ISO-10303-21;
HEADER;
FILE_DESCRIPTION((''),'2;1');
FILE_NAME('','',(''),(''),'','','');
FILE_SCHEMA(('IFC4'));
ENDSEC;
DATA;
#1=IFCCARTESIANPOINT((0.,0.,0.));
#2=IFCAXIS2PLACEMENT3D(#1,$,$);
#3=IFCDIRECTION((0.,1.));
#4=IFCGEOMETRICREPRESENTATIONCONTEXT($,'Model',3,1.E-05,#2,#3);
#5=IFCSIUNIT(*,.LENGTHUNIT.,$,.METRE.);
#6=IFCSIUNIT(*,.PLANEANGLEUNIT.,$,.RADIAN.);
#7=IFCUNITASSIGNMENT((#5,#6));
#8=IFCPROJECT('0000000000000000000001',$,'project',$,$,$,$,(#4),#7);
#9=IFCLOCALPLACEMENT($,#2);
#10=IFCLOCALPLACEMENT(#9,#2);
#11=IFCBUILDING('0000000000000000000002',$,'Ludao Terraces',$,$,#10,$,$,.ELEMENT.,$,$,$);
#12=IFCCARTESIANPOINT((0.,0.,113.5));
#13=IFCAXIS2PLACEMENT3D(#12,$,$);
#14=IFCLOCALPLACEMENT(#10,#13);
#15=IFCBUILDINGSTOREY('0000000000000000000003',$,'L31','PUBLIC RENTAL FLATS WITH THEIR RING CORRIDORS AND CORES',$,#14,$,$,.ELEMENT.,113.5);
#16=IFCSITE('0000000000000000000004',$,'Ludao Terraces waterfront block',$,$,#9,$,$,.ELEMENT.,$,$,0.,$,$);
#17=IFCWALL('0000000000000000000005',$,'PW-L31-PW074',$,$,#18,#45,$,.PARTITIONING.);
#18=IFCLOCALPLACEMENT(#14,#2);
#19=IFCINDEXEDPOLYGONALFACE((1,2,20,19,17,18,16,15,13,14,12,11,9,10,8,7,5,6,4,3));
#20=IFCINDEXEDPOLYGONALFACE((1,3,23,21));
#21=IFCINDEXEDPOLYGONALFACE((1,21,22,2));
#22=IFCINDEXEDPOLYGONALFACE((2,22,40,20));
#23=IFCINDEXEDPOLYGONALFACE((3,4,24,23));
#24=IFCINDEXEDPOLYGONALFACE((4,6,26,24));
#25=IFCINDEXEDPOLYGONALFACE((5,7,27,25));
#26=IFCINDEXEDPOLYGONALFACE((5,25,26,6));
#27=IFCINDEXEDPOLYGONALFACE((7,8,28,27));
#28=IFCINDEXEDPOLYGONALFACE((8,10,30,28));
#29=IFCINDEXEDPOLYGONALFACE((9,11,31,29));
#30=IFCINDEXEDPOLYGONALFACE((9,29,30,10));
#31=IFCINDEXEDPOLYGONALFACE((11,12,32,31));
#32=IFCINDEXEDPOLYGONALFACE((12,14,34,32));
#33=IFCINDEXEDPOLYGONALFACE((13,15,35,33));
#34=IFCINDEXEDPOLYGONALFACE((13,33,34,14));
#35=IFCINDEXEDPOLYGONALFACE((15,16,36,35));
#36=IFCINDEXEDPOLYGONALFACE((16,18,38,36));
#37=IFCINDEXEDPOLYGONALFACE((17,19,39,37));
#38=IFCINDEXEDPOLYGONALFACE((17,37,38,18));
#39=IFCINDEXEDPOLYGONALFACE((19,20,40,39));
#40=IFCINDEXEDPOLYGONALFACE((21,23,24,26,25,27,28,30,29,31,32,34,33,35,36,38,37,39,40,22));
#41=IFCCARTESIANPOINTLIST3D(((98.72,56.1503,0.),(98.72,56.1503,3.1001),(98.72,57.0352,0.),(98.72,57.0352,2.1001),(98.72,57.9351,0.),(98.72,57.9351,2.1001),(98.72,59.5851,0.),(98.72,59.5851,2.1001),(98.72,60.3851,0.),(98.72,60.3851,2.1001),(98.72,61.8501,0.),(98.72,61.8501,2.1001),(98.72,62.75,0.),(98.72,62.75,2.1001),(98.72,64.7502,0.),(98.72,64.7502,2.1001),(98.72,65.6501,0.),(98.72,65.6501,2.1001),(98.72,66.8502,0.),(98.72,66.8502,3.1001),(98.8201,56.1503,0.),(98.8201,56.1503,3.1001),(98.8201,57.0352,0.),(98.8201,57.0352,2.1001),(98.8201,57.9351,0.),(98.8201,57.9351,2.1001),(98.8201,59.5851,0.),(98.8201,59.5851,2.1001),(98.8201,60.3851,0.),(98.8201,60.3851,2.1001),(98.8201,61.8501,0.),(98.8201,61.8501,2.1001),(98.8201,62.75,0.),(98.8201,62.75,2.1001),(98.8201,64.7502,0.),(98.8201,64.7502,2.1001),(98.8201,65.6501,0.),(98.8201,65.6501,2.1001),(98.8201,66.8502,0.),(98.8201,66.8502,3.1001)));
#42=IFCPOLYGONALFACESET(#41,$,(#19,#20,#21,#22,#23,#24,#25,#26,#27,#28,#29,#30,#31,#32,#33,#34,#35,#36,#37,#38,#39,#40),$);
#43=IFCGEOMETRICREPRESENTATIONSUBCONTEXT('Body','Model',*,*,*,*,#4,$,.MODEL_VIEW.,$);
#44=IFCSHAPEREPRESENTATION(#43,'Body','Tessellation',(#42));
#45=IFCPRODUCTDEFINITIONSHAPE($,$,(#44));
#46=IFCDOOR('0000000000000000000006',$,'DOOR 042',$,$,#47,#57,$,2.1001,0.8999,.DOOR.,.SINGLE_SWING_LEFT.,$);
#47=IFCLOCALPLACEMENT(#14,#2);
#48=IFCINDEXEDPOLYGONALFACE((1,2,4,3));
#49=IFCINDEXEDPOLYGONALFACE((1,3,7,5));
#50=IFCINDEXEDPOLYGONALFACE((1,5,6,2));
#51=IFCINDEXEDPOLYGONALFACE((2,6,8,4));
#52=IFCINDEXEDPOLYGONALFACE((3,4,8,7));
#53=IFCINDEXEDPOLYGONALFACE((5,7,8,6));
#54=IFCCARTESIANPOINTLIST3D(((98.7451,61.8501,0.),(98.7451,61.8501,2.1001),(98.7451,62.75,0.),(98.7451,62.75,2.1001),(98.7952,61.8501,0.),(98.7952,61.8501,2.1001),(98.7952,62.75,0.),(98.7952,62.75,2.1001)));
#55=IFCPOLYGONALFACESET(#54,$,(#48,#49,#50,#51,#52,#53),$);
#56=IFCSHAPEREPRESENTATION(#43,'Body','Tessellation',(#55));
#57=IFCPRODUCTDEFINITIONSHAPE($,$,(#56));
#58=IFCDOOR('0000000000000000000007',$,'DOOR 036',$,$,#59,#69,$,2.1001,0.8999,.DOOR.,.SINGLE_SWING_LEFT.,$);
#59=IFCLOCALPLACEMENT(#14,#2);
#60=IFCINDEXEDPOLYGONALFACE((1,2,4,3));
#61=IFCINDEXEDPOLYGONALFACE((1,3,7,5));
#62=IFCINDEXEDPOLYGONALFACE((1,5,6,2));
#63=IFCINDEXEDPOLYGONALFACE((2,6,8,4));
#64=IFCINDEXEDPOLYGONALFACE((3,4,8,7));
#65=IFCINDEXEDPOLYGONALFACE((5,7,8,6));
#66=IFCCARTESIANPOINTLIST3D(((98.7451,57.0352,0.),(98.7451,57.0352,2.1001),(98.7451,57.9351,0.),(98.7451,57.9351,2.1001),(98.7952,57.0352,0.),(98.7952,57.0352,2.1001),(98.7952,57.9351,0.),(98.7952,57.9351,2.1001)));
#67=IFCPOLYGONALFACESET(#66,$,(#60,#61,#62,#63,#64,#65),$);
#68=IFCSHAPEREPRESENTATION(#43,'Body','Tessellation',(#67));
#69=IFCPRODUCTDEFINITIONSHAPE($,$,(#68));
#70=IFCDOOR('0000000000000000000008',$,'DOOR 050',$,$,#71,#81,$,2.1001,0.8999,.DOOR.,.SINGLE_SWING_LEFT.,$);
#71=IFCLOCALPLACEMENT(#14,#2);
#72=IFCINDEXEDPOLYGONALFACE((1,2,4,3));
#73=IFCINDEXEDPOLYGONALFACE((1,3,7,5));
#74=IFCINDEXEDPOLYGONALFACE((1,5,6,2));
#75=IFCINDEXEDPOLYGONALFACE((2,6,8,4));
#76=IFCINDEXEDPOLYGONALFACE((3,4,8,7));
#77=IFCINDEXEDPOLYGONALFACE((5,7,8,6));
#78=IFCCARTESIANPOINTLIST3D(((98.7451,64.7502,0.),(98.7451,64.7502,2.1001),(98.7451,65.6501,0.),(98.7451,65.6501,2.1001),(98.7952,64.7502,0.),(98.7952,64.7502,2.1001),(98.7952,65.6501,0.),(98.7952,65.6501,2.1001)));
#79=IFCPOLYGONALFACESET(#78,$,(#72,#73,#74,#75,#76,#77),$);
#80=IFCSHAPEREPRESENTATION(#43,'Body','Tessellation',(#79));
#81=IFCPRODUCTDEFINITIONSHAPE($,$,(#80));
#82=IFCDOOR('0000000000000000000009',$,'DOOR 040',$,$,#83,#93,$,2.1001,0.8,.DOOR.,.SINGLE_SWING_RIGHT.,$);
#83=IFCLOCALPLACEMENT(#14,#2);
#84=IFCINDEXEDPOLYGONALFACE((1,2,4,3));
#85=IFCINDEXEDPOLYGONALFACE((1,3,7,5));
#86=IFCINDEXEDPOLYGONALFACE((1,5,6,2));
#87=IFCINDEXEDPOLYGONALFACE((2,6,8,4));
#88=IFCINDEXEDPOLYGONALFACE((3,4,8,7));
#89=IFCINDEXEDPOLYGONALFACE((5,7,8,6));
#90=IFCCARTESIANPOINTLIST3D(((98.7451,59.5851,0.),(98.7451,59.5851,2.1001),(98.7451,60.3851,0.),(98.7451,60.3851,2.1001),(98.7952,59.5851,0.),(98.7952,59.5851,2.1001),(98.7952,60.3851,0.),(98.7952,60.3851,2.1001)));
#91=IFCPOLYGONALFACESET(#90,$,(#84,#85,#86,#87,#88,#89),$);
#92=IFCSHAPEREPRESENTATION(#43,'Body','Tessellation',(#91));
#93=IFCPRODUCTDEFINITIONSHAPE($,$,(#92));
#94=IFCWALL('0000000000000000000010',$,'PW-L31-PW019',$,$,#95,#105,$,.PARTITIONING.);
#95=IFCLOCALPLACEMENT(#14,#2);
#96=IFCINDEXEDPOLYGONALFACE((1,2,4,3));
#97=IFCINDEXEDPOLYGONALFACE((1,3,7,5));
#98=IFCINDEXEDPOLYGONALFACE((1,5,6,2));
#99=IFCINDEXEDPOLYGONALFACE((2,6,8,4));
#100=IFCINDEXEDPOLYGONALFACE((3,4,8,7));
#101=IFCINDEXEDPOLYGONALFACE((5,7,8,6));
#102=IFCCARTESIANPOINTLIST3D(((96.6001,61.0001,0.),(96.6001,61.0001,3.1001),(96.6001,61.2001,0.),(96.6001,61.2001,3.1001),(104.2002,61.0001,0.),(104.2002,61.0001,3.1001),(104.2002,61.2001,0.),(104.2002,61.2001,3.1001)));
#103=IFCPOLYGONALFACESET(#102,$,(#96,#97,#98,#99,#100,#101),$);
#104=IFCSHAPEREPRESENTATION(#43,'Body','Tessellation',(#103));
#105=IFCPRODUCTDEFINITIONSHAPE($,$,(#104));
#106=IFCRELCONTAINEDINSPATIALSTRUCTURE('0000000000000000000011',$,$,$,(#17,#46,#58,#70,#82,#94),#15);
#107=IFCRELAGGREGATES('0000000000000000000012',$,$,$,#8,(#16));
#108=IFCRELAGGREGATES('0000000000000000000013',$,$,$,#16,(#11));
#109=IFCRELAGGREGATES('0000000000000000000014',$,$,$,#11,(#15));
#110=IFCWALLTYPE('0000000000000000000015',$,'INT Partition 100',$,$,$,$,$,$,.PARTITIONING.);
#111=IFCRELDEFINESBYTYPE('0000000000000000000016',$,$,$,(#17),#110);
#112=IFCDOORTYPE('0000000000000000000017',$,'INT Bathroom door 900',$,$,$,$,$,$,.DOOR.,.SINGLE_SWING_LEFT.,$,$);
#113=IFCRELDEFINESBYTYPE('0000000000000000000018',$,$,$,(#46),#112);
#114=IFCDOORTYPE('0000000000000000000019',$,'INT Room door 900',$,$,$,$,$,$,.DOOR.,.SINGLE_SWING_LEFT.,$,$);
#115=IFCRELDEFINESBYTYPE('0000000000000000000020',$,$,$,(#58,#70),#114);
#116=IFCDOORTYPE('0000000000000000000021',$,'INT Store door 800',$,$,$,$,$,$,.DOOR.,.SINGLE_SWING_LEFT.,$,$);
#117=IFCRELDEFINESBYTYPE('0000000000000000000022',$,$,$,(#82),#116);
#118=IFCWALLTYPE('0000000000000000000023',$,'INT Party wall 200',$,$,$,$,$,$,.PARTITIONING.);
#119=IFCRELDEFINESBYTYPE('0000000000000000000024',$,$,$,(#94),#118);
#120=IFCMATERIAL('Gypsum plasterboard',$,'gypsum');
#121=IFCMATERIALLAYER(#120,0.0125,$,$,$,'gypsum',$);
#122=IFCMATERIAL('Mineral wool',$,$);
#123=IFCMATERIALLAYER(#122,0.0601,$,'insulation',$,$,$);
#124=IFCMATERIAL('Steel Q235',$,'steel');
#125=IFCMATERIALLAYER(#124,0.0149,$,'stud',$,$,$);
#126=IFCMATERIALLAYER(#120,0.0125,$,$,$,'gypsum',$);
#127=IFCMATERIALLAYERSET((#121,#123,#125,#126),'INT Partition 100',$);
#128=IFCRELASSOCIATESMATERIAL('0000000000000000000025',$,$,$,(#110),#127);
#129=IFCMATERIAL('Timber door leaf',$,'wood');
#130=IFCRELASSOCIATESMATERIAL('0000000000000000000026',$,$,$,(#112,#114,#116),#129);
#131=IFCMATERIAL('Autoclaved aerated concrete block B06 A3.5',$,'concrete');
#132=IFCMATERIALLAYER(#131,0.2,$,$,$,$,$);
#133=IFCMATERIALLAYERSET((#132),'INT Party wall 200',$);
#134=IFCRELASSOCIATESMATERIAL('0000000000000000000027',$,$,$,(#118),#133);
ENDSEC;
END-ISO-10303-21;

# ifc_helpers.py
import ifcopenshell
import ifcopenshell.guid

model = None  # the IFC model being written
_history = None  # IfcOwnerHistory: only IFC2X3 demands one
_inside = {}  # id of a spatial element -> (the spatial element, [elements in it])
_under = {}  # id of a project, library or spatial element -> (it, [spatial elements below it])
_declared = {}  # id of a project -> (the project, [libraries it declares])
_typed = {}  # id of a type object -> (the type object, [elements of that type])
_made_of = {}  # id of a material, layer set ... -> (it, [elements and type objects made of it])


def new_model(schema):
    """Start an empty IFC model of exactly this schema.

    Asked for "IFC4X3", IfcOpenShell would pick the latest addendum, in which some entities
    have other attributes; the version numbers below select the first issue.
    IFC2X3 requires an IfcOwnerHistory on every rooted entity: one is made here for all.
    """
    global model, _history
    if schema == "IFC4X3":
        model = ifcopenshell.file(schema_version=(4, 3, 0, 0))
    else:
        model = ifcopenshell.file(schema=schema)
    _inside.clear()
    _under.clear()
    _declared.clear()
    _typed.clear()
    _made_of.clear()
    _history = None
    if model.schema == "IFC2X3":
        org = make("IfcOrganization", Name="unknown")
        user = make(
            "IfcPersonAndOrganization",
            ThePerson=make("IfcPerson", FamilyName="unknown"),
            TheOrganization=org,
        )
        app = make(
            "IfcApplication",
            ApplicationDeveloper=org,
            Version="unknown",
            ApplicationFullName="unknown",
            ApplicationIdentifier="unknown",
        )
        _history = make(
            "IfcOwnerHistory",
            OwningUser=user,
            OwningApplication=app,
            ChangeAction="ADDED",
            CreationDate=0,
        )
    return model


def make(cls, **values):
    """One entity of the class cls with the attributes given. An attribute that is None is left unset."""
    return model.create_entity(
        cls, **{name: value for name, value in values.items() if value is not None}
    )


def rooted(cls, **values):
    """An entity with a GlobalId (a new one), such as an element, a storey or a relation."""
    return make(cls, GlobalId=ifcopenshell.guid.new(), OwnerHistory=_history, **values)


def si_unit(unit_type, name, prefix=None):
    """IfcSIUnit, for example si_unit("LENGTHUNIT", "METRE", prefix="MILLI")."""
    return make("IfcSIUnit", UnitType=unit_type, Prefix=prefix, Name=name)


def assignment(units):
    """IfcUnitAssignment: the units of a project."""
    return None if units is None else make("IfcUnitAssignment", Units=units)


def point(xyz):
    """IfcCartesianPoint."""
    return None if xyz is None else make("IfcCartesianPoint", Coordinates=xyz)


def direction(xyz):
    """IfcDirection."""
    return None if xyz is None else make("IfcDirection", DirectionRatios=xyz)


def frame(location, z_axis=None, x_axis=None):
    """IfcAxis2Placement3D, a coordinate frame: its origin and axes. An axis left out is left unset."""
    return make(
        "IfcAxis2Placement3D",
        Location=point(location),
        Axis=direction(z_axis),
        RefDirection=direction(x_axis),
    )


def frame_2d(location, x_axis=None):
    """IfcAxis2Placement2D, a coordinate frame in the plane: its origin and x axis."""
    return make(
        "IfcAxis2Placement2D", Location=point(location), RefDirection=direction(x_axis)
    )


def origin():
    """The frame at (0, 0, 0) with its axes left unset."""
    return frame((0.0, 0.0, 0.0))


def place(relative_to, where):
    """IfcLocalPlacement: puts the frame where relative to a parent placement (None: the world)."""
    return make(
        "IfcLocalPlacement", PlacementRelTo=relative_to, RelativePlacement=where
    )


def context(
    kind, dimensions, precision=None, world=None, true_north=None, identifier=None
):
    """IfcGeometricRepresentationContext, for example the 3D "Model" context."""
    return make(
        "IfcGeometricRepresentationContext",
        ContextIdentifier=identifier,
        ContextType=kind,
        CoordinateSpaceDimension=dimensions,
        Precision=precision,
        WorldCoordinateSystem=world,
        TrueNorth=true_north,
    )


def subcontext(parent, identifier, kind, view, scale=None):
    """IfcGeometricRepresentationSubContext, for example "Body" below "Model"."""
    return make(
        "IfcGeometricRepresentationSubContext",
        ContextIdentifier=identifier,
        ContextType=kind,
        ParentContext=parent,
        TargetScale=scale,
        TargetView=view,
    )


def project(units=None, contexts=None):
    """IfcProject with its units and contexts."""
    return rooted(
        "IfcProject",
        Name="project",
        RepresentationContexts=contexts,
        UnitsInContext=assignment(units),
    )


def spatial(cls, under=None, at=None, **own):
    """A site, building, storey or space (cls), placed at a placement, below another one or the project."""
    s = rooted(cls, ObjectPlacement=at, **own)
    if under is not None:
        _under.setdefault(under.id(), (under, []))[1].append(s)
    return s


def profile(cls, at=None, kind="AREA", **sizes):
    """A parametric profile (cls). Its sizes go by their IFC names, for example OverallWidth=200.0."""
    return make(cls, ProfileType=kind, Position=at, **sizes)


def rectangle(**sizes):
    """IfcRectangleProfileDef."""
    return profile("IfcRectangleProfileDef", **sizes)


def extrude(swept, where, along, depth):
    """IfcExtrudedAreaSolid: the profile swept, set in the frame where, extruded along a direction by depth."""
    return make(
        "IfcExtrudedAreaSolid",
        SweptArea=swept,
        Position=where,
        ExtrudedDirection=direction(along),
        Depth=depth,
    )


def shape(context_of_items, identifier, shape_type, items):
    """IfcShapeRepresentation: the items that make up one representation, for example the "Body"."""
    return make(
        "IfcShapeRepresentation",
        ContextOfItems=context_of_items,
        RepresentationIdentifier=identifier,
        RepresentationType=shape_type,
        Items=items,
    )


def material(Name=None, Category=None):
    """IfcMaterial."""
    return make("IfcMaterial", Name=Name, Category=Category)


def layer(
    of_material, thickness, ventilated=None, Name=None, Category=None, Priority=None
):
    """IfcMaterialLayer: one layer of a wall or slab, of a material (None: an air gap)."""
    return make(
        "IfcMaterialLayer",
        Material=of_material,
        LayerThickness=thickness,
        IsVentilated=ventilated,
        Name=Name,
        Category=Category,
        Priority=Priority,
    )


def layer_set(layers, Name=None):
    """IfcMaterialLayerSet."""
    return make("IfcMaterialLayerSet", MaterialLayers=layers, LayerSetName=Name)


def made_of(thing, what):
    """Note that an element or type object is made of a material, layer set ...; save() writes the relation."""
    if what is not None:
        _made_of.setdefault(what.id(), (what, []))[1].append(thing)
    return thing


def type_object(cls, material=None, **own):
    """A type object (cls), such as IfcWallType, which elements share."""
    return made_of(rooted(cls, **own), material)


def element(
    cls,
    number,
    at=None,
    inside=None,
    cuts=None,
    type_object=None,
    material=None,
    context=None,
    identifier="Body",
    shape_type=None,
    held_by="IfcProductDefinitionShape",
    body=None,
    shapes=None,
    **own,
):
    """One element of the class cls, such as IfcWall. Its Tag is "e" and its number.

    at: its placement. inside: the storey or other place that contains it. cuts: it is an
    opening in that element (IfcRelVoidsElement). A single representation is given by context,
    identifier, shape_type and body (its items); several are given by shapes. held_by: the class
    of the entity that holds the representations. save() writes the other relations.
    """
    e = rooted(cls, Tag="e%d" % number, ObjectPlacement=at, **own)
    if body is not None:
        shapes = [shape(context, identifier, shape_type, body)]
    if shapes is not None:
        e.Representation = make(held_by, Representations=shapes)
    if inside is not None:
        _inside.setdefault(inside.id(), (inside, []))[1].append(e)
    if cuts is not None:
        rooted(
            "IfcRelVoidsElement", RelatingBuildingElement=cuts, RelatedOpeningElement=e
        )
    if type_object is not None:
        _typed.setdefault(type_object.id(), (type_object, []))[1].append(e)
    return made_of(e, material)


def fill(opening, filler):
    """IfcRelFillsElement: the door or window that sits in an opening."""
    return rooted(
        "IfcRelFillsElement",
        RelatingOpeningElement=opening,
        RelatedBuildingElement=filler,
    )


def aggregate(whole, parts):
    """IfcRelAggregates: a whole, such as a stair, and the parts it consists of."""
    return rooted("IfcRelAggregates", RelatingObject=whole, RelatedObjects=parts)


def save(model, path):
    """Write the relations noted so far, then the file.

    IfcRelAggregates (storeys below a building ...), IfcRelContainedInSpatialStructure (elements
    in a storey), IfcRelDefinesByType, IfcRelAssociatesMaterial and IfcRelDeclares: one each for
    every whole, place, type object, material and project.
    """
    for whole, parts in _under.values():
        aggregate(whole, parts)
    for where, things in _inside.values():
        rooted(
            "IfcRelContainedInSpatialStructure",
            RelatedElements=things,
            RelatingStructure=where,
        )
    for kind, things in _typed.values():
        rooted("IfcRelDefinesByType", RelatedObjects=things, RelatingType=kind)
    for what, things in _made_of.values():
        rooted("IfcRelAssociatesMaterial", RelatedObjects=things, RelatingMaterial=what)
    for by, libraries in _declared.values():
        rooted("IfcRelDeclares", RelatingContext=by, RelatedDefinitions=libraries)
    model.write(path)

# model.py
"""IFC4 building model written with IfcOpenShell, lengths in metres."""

from ifc_helpers import new_model, si_unit, direction, frame, frame_2d, origin, place, context, subcontext, project, spatial, rectangle, extrude, material, layer, layer_set, type_object, element, fill, save


model = new_model("IFC4")

# Units and contexts
model_context = context("Model", 3, precision=1e-05, world=origin(), true_north=direction((0.0, 1.0)))
body_context = subcontext(model_context, "Body", "Model", "MODEL_VIEW")
ifc_project = project(units=[si_unit("LENGTHUNIT", "METRE"), si_unit("PLANEANGLEUNIT", "RADIAN")], contexts=[model_context])

# Site, building, storey
site_placement = place(None, origin())
site = spatial("IfcSite", under=ifc_project, at=site_placement, Name="Ludao Terraces waterfront block", CompositionType="ELEMENT", RefElevation=0.0)
building_placement = place(site_placement, origin())
building = spatial("IfcBuilding", under=site, at=building_placement, Name="Ludao Terraces", CompositionType="ELEMENT")
storey_placement = place(building_placement, frame((0.0, 0.0, 113.5)))
storey = spatial("IfcBuildingStorey", under=building, at=storey_placement, Name="L31", Description="PUBLIC RENTAL FLATS WITH THEIR RING CORRIDORS AND CORES", CompositionType="ELEMENT", Elevation=113.5)

# Shared definitions
ifc_material_1 = material(Name="Mineral wool")

# Shared definitions
ifc_material_2 = material(Name="Autoclaved aerated concrete block B06 A3.5", Category="concrete")
ifc_material_3 = material(Name="Steel Q235", Category="steel")

# Shared definitions
ifc_material_4 = material(Name="Gypsum plasterboard", Category="gypsum")
ifc_layer_1 = layer(ifc_material_4, 0.0125, Category="gypsum")
ifc_layer_2 = layer(ifc_material_1, 0.0601, Name="insulation")
ifc_layer_3 = layer(ifc_material_3, 0.0149, Name="stud")
ifc_layer_4 = layer(ifc_material_4, 0.0125, Category="gypsum")
ifc_layer_set_1 = layer_set([ifc_layer_1, ifc_layer_2, ifc_layer_3, ifc_layer_4], Name="INT Partition 100")
wall_type_1 = type_object("IfcWallType", Name="INT Partition 100", PredefinedType="PARTITIONING", material=ifc_layer_set_1)

# Wall, openings, doors
wall_1_placement = place(storey_placement, frame((98.77, 56.1501, 0.0), z_axis=(0.0, 0.0, 1.0), x_axis=(0.0, 1.0, 0.0)))
wall_1 = element("IfcWall", 1, at=wall_1_placement, inside=storey, type_object=wall_type_1, Name="PW-L31-PW074", PredefinedType="PARTITIONING", context=body_context, shape_type="SweptSolid", body=[
    extrude(rectangle(XDim=10.7, YDim=0.1001, at=frame_2d((5.3501, 0.0))), origin(), (0.0, 0.0, 1.0), 3.1001),
])
opening_1_placement = place(wall_1_placement, frame((0.885, 0.0, 0.0)))
opening_1 = element("IfcOpeningElement", 2, at=opening_1_placement, cuts=wall_1, PredefinedType="OPENING", context=body_context, shape_type="SweptSolid", body=[
    extrude(rectangle(XDim=0.8999, YDim=2.1001, at=frame_2d((0.45, 1.05))), frame((0.0, 0.0601, 0.0), z_axis=(0.0, -1.0, 0.0), x_axis=(1.0, 0.0, 0.0)), (0.0, 0.0, 1.0), 0.1201),
])
opening_2_placement = place(wall_1_placement, frame((3.4351, 0.0, 0.0)))
opening_2 = element("IfcOpeningElement", 3, at=opening_2_placement, cuts=wall_1, PredefinedType="OPENING", context=body_context, shape_type="SweptSolid", body=[
    extrude(rectangle(XDim=0.8, YDim=2.1001, at=frame_2d((0.3999, 1.05))), frame((0.0, 0.0601, 0.0), z_axis=(0.0, -1.0, 0.0), x_axis=(1.0, 0.0, 0.0)), (0.0, 0.0, 1.0), 0.1201),
])
opening_3_placement = place(wall_1_placement, frame((5.7, 0.0, 0.0)))
opening_3 = element("IfcOpeningElement", 4, at=opening_3_placement, cuts=wall_1, PredefinedType="OPENING", context=body_context, shape_type="SweptSolid", body=[
    extrude(rectangle(XDim=0.8999, YDim=2.1001, at=frame_2d((0.45, 1.05))), frame((0.0, 0.0601, 0.0), z_axis=(0.0, -1.0, 0.0), x_axis=(1.0, 0.0, 0.0)), (0.0, 0.0, 1.0), 0.1201),
])
opening_4_placement = place(wall_1_placement, frame((8.6001, 0.0, 0.0)))
opening_4 = element("IfcOpeningElement", 5, at=opening_4_placement, cuts=wall_1, PredefinedType="OPENING", context=body_context, shape_type="SweptSolid", body=[
    extrude(rectangle(XDim=0.8999, YDim=2.1001, at=frame_2d((0.45, 1.05))), frame((0.0, 0.0601, 0.0), z_axis=(0.0, -1.0, 0.0), x_axis=(1.0, 0.0, 0.0)), (0.0, 0.0, 1.0), 0.1201),
])
ifc_material_5 = material(Name="Timber door leaf", Category="wood")
door_type_1 = type_object("IfcDoorType", Name="INT Bathroom door 900", OperationType="SINGLE_SWING_LEFT", PredefinedType="DOOR", material=ifc_material_5)
door_1_placement = place(opening_3_placement, origin())
door_1 = element("IfcDoor", 6, at=door_1_placement, inside=storey, type_object=door_type_1, Name="DOOR 042", OperationType="SINGLE_SWING_LEFT", OverallHeight=2.1001, OverallWidth=0.8999, PredefinedType="DOOR", context=body_context, shape_type="SweptSolid", body=[
    extrude(rectangle(XDim=0.8999, YDim=2.1001, at=frame_2d((0.45, 1.05))), frame((0.0, 0.0249, 0.0), z_axis=(0.0, -1.0, 0.0), x_axis=(1.0, 0.0, 0.0)), (0.0, 0.0, 1.0), 0.05),
])
fill(opening_3, door_1)
door_type_2 = type_object("IfcDoorType", Name="INT Room door 900", OperationType="SINGLE_SWING_LEFT", PredefinedType="DOOR", material=ifc_material_5)
door_2_placement = place(opening_1_placement, origin())
door_2 = element("IfcDoor", 7, at=door_2_placement, inside=storey, type_object=door_type_2, Name="DOOR 036", OperationType="SINGLE_SWING_LEFT", OverallHeight=2.1001, OverallWidth=0.8999, PredefinedType="DOOR", context=body_context, shape_type="SweptSolid", body=[
    extrude(rectangle(XDim=0.8999, YDim=2.1001, at=frame_2d((0.45, 1.05))), frame((0.0, 0.0249, 0.0), z_axis=(0.0, -1.0, 0.0), x_axis=(1.0, 0.0, 0.0)), (0.0, 0.0, 1.0), 0.05),
])
fill(opening_1, door_2)
door_3_placement = place(opening_4_placement, origin())
door_3 = element("IfcDoor", 8, at=door_3_placement, inside=storey, type_object=door_type_2, Name="DOOR 050", OperationType="SINGLE_SWING_LEFT", OverallHeight=2.1001, OverallWidth=0.8999, PredefinedType="DOOR", context=body_context, shape_type="SweptSolid", body=[
    extrude(rectangle(XDim=0.8999, YDim=2.1001, at=frame_2d((0.45, 1.05))), frame((0.0, 0.0249, 0.0), z_axis=(0.0, -1.0, 0.0), x_axis=(1.0, 0.0, 0.0)), (0.0, 0.0, 1.0), 0.05),
])
fill(opening_4, door_3)
door_type_3 = type_object("IfcDoorType", Name="INT Store door 800", OperationType="SINGLE_SWING_LEFT", PredefinedType="DOOR", material=ifc_material_5)
door_4_placement = place(opening_2_placement, origin())
door_4 = element("IfcDoor", 9, at=door_4_placement, inside=storey, type_object=door_type_3, Name="DOOR 040", OperationType="SINGLE_SWING_RIGHT", OverallHeight=2.1001, OverallWidth=0.8, PredefinedType="DOOR", context=body_context, shape_type="SweptSolid", body=[
    extrude(rectangle(XDim=0.8, YDim=2.1001, at=frame_2d((0.3999, 1.05))), frame((0.0, 0.0249, 0.0), z_axis=(0.0, -1.0, 0.0), x_axis=(1.0, 0.0, 0.0)), (0.0, 0.0, 1.0), 0.05),
])
fill(opening_2, door_4)

# Wall
ifc_layer_5 = layer(ifc_material_2, 0.2)
ifc_layer_set_2 = layer_set([ifc_layer_5], Name="INT Party wall 200")
wall_type_2 = type_object("IfcWallType", Name="INT Party wall 200", PredefinedType="PARTITIONING", material=ifc_layer_set_2)
wall_2_placement = place(storey_placement, frame((96.6001, 61.1001, 0.0), z_axis=(0.0, 0.0, 1.0), x_axis=(1.0, 0.0, 0.0)))
element("IfcWall", 10, at=wall_2_placement, inside=storey, type_object=wall_type_2, Name="PW-L31-PW019", PredefinedType="PARTITIONING", context=body_context, shape_type="SweptSolid", body=[
    extrude(rectangle(XDim=7.6001, YDim=0.2, at=frame_2d((3.8, 0.0))), origin(), (0.0, 0.0, 1.0), 3.1001),
])

save(model, "model.ifc")
